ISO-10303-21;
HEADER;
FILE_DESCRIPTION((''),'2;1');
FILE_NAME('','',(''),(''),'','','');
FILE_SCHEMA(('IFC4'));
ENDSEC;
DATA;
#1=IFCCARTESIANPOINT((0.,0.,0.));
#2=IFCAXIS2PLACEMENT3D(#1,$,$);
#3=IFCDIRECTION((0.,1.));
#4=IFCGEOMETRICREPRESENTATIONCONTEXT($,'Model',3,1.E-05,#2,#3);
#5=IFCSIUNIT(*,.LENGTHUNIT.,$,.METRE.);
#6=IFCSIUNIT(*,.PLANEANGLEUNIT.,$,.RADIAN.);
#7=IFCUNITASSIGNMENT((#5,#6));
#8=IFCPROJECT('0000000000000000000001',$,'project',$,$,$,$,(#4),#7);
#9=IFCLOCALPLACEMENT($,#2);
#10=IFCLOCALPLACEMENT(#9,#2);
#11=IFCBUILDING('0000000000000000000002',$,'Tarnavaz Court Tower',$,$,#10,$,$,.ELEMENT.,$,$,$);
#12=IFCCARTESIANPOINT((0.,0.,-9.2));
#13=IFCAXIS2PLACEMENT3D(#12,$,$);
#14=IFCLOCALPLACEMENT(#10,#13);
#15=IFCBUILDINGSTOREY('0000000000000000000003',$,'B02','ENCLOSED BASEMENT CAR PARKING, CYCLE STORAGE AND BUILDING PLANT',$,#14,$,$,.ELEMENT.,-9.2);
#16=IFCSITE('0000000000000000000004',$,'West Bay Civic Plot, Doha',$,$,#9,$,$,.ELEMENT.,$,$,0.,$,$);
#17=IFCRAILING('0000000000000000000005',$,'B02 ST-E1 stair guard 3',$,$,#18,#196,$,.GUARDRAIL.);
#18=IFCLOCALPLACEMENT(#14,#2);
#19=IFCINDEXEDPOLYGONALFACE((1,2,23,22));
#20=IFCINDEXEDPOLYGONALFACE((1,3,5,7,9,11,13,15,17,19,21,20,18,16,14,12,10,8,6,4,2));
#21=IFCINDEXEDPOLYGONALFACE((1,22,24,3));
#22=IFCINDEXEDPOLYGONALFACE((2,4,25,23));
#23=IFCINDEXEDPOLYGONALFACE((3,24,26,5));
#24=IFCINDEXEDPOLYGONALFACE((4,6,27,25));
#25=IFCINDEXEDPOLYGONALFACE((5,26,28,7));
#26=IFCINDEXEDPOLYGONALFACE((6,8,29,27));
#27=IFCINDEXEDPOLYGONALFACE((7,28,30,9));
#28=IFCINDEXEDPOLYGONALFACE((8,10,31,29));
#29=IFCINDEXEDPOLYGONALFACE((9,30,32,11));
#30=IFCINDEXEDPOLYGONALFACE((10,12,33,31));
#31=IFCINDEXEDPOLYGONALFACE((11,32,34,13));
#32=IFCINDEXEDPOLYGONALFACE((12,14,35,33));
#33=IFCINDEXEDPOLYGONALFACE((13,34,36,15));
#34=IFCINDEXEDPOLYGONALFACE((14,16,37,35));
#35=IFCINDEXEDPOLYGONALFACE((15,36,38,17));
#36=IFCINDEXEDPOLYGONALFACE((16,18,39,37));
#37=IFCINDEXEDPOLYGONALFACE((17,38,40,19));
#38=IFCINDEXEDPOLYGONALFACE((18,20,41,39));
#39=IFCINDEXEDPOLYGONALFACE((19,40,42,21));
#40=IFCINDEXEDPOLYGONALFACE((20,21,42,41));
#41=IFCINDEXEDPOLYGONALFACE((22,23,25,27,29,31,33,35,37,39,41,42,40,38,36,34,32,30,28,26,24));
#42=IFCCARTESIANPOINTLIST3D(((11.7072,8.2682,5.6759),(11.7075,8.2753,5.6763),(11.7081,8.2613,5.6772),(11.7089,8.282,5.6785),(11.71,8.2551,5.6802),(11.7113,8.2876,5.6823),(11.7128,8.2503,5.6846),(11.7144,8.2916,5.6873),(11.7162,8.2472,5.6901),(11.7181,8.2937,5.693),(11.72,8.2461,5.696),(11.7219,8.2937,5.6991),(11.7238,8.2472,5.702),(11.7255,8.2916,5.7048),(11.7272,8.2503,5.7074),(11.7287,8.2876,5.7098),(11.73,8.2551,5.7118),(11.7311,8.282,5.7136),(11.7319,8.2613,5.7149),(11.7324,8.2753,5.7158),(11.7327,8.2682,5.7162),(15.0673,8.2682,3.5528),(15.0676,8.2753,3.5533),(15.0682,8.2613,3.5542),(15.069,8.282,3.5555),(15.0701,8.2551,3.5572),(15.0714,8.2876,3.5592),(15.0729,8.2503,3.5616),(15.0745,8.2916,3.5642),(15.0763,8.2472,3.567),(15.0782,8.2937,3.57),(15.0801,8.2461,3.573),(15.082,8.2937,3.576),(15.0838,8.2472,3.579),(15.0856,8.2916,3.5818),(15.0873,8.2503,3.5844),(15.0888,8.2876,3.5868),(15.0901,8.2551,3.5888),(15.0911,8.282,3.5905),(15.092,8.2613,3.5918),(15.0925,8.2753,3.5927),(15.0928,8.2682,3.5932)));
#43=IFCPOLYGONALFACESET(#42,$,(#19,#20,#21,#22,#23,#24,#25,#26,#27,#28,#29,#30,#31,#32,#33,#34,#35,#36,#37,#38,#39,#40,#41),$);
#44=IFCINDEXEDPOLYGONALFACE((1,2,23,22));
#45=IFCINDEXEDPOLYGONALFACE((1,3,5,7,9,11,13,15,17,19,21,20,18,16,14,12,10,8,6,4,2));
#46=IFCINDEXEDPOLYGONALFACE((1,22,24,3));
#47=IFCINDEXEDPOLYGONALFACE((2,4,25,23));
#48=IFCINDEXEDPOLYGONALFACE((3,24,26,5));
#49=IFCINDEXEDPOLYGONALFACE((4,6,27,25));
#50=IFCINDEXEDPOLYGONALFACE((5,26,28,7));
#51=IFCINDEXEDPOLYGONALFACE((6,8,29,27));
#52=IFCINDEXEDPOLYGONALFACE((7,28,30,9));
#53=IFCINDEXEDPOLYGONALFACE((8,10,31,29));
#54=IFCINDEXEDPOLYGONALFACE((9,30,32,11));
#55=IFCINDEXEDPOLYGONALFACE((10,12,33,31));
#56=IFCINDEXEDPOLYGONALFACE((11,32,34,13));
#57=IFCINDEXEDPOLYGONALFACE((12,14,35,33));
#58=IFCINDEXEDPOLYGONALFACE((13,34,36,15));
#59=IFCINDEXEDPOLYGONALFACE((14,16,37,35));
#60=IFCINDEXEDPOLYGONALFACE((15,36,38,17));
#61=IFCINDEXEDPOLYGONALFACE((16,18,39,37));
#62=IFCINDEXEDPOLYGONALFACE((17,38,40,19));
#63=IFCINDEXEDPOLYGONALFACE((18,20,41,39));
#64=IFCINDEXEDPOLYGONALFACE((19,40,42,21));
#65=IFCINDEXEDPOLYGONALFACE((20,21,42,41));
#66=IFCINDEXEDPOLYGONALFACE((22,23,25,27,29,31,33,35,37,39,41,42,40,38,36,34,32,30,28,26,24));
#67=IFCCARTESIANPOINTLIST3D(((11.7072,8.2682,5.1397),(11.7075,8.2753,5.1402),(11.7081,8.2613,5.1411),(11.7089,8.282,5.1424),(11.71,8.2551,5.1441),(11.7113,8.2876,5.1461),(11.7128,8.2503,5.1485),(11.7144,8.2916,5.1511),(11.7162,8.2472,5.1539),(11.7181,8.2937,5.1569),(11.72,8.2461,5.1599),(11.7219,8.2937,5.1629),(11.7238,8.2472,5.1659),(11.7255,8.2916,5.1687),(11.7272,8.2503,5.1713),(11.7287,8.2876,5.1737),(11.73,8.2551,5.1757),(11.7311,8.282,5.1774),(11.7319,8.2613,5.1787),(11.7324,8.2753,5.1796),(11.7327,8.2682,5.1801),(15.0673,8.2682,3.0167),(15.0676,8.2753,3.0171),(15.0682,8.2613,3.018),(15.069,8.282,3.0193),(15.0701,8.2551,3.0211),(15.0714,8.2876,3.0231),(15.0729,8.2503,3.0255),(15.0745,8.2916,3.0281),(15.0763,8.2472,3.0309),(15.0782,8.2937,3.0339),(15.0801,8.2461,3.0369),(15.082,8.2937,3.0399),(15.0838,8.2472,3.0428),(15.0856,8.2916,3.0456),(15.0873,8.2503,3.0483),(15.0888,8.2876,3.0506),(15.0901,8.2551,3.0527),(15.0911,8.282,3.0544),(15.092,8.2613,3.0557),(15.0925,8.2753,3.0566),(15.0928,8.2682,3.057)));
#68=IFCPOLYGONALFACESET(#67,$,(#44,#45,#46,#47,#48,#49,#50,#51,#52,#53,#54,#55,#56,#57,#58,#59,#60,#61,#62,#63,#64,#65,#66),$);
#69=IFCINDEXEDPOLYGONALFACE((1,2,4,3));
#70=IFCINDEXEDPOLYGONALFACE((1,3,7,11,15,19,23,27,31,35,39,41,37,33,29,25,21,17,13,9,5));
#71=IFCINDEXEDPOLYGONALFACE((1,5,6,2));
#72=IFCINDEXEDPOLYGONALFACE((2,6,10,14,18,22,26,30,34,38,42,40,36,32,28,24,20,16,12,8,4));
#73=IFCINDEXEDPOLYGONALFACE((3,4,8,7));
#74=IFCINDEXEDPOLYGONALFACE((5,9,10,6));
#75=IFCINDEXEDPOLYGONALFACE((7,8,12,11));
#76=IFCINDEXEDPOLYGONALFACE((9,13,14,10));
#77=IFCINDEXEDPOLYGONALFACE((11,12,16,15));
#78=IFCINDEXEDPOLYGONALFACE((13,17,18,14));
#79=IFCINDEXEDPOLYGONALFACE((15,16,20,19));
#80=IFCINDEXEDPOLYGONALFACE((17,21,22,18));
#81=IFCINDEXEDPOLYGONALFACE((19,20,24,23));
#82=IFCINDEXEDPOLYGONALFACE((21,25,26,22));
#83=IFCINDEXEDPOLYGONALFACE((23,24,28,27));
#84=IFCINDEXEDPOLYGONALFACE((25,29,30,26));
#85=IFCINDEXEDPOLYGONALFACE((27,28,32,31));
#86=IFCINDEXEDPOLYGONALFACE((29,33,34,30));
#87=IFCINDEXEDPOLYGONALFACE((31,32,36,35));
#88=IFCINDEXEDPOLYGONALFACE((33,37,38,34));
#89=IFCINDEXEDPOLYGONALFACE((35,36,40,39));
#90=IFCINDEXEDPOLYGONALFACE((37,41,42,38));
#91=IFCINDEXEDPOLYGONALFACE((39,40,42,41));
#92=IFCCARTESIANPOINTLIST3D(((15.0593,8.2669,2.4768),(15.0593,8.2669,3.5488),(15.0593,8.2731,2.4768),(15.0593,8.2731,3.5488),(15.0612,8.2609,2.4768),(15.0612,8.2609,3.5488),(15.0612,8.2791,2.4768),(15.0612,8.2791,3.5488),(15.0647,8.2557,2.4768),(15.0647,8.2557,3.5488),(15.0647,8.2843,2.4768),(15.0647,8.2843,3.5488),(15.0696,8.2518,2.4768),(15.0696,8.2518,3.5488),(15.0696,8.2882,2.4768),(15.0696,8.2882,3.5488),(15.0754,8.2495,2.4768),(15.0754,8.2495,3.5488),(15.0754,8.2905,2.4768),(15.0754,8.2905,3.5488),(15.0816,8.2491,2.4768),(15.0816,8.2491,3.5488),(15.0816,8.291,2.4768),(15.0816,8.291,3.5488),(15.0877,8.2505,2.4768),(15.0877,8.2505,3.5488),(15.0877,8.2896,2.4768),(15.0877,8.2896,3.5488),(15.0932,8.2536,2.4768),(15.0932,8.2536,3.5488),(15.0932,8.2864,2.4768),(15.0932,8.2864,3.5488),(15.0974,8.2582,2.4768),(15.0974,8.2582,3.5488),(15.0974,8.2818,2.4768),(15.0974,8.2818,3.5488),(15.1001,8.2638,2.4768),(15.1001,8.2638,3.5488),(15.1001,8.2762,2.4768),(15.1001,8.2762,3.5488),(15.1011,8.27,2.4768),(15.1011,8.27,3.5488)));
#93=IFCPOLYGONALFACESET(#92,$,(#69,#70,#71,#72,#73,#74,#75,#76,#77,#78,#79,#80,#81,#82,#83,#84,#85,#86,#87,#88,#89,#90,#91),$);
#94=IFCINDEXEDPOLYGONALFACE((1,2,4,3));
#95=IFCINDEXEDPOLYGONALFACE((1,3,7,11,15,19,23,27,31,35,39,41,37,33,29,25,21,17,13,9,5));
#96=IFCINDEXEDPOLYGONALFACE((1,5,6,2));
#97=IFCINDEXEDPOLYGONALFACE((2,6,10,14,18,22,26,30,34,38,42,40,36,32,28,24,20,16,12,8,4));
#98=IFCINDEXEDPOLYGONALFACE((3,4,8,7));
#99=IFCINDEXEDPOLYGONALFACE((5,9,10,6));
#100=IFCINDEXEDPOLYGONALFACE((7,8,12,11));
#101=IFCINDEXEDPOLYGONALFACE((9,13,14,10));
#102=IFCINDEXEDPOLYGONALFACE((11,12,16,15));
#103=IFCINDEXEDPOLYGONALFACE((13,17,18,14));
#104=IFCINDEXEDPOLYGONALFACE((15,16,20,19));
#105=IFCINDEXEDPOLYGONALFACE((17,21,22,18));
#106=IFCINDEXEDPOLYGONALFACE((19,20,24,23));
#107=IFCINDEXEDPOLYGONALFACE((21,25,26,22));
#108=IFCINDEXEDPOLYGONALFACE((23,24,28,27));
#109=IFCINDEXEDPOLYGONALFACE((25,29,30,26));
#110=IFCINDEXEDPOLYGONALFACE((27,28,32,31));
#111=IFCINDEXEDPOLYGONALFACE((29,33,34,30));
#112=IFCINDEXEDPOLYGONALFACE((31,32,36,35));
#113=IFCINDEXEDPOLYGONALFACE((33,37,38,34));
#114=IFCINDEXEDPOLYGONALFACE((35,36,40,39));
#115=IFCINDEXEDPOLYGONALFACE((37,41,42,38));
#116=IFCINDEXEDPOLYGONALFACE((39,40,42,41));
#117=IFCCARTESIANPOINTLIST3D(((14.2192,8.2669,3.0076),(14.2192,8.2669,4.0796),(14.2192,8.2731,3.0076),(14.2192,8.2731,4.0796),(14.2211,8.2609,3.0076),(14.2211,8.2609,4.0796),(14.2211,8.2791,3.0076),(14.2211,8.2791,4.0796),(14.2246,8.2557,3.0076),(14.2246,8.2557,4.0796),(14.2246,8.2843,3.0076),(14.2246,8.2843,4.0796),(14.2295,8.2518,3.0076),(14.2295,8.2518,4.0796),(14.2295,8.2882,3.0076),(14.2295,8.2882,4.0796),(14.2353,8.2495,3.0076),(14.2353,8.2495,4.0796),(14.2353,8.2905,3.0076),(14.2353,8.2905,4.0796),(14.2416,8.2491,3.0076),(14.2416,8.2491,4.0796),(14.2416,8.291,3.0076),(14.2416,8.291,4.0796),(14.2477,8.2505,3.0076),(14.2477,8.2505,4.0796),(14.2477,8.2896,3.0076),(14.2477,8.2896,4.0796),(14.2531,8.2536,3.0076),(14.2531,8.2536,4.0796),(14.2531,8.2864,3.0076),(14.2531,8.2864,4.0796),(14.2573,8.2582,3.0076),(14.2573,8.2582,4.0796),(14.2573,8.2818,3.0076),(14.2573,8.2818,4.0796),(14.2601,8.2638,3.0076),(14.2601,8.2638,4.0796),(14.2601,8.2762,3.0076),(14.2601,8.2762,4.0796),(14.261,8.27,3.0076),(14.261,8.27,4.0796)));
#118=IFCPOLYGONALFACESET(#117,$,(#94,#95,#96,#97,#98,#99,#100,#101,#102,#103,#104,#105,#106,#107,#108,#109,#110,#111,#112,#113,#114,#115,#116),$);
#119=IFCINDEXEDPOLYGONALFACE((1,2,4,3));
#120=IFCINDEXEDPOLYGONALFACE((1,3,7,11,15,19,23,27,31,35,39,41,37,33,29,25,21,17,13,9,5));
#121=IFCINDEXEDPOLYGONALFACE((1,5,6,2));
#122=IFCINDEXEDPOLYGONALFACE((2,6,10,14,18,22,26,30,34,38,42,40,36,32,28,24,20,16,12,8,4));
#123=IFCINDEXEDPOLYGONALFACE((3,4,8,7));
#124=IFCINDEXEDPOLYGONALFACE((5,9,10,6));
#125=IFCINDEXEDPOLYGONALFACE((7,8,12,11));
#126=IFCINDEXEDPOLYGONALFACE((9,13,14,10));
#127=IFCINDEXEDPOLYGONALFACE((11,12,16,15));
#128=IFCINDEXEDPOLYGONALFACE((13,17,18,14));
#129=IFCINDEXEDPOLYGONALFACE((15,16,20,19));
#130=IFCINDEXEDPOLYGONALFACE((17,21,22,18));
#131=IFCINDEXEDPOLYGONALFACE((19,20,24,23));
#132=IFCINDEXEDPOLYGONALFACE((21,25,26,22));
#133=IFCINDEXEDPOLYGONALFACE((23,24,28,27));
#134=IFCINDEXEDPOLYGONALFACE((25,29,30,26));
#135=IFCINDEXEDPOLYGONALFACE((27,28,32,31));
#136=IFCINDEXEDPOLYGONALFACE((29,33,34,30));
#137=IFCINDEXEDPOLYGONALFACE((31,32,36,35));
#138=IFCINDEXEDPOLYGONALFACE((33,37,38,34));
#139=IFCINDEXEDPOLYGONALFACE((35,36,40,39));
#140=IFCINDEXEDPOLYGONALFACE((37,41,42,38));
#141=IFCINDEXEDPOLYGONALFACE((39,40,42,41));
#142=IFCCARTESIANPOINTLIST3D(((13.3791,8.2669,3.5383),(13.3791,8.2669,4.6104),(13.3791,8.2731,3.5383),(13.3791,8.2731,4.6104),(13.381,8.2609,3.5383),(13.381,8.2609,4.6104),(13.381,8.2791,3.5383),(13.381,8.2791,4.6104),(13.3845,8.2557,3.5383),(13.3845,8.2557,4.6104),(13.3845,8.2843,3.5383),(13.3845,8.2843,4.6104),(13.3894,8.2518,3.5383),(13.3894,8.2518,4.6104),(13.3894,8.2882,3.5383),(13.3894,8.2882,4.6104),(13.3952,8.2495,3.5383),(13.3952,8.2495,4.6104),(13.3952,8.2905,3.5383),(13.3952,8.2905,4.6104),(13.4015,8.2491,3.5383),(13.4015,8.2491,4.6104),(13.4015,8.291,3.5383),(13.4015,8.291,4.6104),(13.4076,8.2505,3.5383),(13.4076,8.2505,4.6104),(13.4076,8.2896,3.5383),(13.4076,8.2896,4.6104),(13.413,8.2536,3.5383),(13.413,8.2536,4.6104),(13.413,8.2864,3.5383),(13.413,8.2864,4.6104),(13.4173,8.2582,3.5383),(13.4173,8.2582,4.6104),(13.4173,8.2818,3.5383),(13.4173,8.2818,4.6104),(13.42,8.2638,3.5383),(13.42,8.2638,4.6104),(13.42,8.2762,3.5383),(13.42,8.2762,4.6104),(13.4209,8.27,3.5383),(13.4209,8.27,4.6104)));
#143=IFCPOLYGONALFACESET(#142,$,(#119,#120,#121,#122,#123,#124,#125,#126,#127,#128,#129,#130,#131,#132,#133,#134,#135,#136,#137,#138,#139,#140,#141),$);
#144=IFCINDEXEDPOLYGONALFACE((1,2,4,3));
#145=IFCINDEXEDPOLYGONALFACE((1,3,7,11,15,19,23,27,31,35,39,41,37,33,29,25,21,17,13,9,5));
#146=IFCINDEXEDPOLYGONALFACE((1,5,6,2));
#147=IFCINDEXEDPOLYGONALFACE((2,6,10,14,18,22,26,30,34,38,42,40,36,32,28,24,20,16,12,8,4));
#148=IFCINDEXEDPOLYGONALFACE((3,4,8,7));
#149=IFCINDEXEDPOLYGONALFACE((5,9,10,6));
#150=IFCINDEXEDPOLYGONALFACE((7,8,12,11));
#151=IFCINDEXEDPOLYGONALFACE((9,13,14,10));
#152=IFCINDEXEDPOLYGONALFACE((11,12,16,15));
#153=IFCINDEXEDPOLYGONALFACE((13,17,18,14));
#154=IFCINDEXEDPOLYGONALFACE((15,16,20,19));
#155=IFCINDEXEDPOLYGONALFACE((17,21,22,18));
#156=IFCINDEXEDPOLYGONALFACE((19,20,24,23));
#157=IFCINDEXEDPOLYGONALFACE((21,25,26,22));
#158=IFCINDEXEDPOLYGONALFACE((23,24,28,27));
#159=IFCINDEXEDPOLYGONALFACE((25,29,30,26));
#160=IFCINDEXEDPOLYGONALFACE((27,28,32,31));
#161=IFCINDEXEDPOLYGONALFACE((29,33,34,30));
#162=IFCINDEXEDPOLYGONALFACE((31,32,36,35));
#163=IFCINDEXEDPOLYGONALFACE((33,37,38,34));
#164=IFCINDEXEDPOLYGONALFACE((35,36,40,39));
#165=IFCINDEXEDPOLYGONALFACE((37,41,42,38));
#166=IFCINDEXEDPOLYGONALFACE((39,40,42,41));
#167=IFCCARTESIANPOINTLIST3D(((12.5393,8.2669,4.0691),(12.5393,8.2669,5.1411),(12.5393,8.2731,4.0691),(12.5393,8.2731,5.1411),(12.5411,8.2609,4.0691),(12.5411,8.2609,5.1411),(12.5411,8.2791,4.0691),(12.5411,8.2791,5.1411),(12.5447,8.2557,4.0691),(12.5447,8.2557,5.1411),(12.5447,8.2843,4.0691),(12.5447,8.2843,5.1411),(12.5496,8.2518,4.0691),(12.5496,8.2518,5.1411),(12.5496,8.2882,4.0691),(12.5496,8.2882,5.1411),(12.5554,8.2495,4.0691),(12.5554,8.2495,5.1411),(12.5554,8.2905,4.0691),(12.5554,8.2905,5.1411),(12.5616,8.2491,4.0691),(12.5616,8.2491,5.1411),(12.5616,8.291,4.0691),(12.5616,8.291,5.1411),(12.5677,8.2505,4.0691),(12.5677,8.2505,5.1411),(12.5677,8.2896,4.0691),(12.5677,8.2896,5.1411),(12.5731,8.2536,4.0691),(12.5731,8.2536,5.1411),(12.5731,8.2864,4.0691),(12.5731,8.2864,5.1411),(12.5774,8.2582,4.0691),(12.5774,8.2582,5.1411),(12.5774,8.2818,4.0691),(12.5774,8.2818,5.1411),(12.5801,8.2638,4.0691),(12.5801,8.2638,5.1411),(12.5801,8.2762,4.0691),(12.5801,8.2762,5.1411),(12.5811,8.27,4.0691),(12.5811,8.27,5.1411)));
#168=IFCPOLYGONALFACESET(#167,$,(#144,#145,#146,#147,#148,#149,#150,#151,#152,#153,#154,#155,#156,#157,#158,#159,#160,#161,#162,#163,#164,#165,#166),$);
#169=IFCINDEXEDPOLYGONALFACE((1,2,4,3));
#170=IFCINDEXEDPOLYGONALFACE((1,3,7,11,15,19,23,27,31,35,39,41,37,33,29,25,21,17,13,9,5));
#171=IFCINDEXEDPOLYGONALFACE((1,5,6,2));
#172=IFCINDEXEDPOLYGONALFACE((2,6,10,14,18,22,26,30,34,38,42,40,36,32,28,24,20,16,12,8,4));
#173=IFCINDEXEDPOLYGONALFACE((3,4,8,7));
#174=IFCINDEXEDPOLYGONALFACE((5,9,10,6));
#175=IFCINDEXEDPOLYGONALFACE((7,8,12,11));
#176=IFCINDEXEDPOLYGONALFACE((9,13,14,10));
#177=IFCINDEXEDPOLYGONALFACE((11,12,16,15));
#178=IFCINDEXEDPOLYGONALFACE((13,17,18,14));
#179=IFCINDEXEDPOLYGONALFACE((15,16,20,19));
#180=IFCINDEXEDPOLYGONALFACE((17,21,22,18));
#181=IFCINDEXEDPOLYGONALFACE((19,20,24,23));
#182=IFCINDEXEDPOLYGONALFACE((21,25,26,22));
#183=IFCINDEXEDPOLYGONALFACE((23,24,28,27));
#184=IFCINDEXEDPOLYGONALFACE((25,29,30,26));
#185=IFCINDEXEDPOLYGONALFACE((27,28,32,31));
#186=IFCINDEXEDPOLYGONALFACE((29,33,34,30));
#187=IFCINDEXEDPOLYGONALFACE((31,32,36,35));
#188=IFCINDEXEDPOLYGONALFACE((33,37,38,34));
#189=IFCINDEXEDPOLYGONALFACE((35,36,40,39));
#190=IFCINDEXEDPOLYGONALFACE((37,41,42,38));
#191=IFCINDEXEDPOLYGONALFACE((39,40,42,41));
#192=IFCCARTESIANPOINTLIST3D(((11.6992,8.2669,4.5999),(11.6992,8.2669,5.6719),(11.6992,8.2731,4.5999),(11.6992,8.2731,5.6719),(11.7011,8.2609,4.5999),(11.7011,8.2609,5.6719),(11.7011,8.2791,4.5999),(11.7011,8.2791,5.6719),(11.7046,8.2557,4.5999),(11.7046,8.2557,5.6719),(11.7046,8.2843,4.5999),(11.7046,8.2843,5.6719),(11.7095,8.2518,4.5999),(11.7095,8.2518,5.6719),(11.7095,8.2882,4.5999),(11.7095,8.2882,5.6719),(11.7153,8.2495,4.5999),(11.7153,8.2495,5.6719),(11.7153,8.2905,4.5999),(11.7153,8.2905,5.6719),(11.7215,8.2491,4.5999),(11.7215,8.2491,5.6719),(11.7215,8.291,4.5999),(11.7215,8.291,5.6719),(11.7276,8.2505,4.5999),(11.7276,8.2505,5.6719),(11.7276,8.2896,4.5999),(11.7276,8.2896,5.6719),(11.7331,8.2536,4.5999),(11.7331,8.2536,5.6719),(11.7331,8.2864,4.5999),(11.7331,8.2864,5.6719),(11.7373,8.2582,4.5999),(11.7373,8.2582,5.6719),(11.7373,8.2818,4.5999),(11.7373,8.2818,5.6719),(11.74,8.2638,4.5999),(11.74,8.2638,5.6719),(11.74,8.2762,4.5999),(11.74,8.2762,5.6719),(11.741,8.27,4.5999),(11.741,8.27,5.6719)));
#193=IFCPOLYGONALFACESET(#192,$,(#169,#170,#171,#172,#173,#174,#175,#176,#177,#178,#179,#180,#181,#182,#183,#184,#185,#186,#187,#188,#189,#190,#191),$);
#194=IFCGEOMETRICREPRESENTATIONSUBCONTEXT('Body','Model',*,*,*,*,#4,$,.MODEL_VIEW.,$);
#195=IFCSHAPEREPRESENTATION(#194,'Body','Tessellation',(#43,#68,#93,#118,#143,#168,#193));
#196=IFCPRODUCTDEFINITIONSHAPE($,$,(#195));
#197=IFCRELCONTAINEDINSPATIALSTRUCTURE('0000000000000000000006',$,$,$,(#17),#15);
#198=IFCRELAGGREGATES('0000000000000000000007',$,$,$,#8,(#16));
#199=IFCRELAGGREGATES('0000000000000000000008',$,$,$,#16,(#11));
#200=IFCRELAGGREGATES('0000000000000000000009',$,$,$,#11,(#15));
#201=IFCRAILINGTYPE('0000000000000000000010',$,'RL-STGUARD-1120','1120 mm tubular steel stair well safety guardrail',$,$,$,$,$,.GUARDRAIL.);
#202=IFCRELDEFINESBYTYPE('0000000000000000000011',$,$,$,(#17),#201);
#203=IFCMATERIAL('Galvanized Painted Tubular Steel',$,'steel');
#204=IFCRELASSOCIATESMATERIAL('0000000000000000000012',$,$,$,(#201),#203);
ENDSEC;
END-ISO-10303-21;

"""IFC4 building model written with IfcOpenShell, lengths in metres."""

from ifc_helpers import new_model, si_unit, direction, frame, origin, origin_2d, place, context, subcontext, project, spatial, circle, extrude, material, type_object, element, save


model = new_model("IFC4")

# Units and contexts
model_context = context("Model", 3, precision=1e-05, world=origin(), true_north=direction((0.0, 1.0)))
body_context = subcontext(model_context, "Body", "Model", "MODEL_VIEW")
ifc_project = project(units=[si_unit("LENGTHUNIT", "METRE"), si_unit("PLANEANGLEUNIT", "RADIAN")], contexts=[model_context])

# Site, building, storey
site_placement = place(None, origin())
site = spatial("IfcSite", under=ifc_project, at=site_placement, Name="West Bay Civic Plot, Doha", CompositionType="ELEMENT", RefElevation=0.0)
building_placement = place(site_placement, origin())
building = spatial("IfcBuilding", under=site, at=building_placement, Name="Tarnavaz Court Tower", CompositionType="ELEMENT")
storey_placement = place(building_placement, frame((0.0, 0.0, -9.2)))
storey = spatial("IfcBuildingStorey", under=building, at=storey_placement, Name="B02", Description="ENCLOSED BASEMENT CAR PARKING, CYCLE STORAGE AND BUILDING PLANT", CompositionType="ELEMENT", Elevation=-9.2)

# Railing
ifc_material_1 = material(Name="Galvanized Painted Tubular Steel", Category="steel")
railing_type_1 = type_object("IfcRailingType", Name="RL-STGUARD-1120", Description="1120 mm tubular steel stair well safety guardrail", PredefinedType="GUARDRAIL", material=ifc_material_1)
railing_1_placement = place(storey_placement, frame((15.0801, 8.27, 2.4768)))
element("IfcRailing", 1, at=railing_1_placement, inside=storey, type_object=railing_type_1, Name="B02 ST-E1 stair guard 3", PredefinedType="GUARDRAIL", context=body_context, shape_type="SweptSolid", body=[
    extrude(circle(Radius=0.0239, at=origin_2d()), frame((0.0, 0.0, 1.0962), z_axis=(-0.84539, 0.0, 0.53415), x_axis=(0.0, -1.0, 0.0)), (0.0, 0.0, 1.0), 3.9746),
    extrude(circle(Radius=0.0239, at=origin_2d()), frame((0.0, 0.0, 0.5601), z_axis=(-0.84539, 0.0, 0.53415), x_axis=(0.0, -1.0, 0.0)), (0.0, 0.0, 1.0), 3.9746),
    extrude(circle(Radius=0.021, at=origin_2d()), origin(), (0.0, 0.0, 1.0), 1.072),
    extrude(circle(Radius=0.021, at=origin_2d()), frame((-0.8401, 0.0, 0.5308)), (0.0, 0.0, 1.0), 1.072),
    extrude(circle(Radius=0.021, at=origin_2d()), frame((-1.6802, 0.0, 1.0615)), (0.0, 0.0, 1.0), 1.072),
    extrude(circle(Radius=0.021, at=origin_2d()), frame((-2.52, 0.0, 1.5923)), (0.0, 0.0, 1.0), 1.072),
    extrude(circle(Radius=0.021, at=origin_2d()), frame((-3.3601, 0.0, 2.123)), (0.0, 0.0, 1.0), 1.072),
])

save(model, "model.ifc")
